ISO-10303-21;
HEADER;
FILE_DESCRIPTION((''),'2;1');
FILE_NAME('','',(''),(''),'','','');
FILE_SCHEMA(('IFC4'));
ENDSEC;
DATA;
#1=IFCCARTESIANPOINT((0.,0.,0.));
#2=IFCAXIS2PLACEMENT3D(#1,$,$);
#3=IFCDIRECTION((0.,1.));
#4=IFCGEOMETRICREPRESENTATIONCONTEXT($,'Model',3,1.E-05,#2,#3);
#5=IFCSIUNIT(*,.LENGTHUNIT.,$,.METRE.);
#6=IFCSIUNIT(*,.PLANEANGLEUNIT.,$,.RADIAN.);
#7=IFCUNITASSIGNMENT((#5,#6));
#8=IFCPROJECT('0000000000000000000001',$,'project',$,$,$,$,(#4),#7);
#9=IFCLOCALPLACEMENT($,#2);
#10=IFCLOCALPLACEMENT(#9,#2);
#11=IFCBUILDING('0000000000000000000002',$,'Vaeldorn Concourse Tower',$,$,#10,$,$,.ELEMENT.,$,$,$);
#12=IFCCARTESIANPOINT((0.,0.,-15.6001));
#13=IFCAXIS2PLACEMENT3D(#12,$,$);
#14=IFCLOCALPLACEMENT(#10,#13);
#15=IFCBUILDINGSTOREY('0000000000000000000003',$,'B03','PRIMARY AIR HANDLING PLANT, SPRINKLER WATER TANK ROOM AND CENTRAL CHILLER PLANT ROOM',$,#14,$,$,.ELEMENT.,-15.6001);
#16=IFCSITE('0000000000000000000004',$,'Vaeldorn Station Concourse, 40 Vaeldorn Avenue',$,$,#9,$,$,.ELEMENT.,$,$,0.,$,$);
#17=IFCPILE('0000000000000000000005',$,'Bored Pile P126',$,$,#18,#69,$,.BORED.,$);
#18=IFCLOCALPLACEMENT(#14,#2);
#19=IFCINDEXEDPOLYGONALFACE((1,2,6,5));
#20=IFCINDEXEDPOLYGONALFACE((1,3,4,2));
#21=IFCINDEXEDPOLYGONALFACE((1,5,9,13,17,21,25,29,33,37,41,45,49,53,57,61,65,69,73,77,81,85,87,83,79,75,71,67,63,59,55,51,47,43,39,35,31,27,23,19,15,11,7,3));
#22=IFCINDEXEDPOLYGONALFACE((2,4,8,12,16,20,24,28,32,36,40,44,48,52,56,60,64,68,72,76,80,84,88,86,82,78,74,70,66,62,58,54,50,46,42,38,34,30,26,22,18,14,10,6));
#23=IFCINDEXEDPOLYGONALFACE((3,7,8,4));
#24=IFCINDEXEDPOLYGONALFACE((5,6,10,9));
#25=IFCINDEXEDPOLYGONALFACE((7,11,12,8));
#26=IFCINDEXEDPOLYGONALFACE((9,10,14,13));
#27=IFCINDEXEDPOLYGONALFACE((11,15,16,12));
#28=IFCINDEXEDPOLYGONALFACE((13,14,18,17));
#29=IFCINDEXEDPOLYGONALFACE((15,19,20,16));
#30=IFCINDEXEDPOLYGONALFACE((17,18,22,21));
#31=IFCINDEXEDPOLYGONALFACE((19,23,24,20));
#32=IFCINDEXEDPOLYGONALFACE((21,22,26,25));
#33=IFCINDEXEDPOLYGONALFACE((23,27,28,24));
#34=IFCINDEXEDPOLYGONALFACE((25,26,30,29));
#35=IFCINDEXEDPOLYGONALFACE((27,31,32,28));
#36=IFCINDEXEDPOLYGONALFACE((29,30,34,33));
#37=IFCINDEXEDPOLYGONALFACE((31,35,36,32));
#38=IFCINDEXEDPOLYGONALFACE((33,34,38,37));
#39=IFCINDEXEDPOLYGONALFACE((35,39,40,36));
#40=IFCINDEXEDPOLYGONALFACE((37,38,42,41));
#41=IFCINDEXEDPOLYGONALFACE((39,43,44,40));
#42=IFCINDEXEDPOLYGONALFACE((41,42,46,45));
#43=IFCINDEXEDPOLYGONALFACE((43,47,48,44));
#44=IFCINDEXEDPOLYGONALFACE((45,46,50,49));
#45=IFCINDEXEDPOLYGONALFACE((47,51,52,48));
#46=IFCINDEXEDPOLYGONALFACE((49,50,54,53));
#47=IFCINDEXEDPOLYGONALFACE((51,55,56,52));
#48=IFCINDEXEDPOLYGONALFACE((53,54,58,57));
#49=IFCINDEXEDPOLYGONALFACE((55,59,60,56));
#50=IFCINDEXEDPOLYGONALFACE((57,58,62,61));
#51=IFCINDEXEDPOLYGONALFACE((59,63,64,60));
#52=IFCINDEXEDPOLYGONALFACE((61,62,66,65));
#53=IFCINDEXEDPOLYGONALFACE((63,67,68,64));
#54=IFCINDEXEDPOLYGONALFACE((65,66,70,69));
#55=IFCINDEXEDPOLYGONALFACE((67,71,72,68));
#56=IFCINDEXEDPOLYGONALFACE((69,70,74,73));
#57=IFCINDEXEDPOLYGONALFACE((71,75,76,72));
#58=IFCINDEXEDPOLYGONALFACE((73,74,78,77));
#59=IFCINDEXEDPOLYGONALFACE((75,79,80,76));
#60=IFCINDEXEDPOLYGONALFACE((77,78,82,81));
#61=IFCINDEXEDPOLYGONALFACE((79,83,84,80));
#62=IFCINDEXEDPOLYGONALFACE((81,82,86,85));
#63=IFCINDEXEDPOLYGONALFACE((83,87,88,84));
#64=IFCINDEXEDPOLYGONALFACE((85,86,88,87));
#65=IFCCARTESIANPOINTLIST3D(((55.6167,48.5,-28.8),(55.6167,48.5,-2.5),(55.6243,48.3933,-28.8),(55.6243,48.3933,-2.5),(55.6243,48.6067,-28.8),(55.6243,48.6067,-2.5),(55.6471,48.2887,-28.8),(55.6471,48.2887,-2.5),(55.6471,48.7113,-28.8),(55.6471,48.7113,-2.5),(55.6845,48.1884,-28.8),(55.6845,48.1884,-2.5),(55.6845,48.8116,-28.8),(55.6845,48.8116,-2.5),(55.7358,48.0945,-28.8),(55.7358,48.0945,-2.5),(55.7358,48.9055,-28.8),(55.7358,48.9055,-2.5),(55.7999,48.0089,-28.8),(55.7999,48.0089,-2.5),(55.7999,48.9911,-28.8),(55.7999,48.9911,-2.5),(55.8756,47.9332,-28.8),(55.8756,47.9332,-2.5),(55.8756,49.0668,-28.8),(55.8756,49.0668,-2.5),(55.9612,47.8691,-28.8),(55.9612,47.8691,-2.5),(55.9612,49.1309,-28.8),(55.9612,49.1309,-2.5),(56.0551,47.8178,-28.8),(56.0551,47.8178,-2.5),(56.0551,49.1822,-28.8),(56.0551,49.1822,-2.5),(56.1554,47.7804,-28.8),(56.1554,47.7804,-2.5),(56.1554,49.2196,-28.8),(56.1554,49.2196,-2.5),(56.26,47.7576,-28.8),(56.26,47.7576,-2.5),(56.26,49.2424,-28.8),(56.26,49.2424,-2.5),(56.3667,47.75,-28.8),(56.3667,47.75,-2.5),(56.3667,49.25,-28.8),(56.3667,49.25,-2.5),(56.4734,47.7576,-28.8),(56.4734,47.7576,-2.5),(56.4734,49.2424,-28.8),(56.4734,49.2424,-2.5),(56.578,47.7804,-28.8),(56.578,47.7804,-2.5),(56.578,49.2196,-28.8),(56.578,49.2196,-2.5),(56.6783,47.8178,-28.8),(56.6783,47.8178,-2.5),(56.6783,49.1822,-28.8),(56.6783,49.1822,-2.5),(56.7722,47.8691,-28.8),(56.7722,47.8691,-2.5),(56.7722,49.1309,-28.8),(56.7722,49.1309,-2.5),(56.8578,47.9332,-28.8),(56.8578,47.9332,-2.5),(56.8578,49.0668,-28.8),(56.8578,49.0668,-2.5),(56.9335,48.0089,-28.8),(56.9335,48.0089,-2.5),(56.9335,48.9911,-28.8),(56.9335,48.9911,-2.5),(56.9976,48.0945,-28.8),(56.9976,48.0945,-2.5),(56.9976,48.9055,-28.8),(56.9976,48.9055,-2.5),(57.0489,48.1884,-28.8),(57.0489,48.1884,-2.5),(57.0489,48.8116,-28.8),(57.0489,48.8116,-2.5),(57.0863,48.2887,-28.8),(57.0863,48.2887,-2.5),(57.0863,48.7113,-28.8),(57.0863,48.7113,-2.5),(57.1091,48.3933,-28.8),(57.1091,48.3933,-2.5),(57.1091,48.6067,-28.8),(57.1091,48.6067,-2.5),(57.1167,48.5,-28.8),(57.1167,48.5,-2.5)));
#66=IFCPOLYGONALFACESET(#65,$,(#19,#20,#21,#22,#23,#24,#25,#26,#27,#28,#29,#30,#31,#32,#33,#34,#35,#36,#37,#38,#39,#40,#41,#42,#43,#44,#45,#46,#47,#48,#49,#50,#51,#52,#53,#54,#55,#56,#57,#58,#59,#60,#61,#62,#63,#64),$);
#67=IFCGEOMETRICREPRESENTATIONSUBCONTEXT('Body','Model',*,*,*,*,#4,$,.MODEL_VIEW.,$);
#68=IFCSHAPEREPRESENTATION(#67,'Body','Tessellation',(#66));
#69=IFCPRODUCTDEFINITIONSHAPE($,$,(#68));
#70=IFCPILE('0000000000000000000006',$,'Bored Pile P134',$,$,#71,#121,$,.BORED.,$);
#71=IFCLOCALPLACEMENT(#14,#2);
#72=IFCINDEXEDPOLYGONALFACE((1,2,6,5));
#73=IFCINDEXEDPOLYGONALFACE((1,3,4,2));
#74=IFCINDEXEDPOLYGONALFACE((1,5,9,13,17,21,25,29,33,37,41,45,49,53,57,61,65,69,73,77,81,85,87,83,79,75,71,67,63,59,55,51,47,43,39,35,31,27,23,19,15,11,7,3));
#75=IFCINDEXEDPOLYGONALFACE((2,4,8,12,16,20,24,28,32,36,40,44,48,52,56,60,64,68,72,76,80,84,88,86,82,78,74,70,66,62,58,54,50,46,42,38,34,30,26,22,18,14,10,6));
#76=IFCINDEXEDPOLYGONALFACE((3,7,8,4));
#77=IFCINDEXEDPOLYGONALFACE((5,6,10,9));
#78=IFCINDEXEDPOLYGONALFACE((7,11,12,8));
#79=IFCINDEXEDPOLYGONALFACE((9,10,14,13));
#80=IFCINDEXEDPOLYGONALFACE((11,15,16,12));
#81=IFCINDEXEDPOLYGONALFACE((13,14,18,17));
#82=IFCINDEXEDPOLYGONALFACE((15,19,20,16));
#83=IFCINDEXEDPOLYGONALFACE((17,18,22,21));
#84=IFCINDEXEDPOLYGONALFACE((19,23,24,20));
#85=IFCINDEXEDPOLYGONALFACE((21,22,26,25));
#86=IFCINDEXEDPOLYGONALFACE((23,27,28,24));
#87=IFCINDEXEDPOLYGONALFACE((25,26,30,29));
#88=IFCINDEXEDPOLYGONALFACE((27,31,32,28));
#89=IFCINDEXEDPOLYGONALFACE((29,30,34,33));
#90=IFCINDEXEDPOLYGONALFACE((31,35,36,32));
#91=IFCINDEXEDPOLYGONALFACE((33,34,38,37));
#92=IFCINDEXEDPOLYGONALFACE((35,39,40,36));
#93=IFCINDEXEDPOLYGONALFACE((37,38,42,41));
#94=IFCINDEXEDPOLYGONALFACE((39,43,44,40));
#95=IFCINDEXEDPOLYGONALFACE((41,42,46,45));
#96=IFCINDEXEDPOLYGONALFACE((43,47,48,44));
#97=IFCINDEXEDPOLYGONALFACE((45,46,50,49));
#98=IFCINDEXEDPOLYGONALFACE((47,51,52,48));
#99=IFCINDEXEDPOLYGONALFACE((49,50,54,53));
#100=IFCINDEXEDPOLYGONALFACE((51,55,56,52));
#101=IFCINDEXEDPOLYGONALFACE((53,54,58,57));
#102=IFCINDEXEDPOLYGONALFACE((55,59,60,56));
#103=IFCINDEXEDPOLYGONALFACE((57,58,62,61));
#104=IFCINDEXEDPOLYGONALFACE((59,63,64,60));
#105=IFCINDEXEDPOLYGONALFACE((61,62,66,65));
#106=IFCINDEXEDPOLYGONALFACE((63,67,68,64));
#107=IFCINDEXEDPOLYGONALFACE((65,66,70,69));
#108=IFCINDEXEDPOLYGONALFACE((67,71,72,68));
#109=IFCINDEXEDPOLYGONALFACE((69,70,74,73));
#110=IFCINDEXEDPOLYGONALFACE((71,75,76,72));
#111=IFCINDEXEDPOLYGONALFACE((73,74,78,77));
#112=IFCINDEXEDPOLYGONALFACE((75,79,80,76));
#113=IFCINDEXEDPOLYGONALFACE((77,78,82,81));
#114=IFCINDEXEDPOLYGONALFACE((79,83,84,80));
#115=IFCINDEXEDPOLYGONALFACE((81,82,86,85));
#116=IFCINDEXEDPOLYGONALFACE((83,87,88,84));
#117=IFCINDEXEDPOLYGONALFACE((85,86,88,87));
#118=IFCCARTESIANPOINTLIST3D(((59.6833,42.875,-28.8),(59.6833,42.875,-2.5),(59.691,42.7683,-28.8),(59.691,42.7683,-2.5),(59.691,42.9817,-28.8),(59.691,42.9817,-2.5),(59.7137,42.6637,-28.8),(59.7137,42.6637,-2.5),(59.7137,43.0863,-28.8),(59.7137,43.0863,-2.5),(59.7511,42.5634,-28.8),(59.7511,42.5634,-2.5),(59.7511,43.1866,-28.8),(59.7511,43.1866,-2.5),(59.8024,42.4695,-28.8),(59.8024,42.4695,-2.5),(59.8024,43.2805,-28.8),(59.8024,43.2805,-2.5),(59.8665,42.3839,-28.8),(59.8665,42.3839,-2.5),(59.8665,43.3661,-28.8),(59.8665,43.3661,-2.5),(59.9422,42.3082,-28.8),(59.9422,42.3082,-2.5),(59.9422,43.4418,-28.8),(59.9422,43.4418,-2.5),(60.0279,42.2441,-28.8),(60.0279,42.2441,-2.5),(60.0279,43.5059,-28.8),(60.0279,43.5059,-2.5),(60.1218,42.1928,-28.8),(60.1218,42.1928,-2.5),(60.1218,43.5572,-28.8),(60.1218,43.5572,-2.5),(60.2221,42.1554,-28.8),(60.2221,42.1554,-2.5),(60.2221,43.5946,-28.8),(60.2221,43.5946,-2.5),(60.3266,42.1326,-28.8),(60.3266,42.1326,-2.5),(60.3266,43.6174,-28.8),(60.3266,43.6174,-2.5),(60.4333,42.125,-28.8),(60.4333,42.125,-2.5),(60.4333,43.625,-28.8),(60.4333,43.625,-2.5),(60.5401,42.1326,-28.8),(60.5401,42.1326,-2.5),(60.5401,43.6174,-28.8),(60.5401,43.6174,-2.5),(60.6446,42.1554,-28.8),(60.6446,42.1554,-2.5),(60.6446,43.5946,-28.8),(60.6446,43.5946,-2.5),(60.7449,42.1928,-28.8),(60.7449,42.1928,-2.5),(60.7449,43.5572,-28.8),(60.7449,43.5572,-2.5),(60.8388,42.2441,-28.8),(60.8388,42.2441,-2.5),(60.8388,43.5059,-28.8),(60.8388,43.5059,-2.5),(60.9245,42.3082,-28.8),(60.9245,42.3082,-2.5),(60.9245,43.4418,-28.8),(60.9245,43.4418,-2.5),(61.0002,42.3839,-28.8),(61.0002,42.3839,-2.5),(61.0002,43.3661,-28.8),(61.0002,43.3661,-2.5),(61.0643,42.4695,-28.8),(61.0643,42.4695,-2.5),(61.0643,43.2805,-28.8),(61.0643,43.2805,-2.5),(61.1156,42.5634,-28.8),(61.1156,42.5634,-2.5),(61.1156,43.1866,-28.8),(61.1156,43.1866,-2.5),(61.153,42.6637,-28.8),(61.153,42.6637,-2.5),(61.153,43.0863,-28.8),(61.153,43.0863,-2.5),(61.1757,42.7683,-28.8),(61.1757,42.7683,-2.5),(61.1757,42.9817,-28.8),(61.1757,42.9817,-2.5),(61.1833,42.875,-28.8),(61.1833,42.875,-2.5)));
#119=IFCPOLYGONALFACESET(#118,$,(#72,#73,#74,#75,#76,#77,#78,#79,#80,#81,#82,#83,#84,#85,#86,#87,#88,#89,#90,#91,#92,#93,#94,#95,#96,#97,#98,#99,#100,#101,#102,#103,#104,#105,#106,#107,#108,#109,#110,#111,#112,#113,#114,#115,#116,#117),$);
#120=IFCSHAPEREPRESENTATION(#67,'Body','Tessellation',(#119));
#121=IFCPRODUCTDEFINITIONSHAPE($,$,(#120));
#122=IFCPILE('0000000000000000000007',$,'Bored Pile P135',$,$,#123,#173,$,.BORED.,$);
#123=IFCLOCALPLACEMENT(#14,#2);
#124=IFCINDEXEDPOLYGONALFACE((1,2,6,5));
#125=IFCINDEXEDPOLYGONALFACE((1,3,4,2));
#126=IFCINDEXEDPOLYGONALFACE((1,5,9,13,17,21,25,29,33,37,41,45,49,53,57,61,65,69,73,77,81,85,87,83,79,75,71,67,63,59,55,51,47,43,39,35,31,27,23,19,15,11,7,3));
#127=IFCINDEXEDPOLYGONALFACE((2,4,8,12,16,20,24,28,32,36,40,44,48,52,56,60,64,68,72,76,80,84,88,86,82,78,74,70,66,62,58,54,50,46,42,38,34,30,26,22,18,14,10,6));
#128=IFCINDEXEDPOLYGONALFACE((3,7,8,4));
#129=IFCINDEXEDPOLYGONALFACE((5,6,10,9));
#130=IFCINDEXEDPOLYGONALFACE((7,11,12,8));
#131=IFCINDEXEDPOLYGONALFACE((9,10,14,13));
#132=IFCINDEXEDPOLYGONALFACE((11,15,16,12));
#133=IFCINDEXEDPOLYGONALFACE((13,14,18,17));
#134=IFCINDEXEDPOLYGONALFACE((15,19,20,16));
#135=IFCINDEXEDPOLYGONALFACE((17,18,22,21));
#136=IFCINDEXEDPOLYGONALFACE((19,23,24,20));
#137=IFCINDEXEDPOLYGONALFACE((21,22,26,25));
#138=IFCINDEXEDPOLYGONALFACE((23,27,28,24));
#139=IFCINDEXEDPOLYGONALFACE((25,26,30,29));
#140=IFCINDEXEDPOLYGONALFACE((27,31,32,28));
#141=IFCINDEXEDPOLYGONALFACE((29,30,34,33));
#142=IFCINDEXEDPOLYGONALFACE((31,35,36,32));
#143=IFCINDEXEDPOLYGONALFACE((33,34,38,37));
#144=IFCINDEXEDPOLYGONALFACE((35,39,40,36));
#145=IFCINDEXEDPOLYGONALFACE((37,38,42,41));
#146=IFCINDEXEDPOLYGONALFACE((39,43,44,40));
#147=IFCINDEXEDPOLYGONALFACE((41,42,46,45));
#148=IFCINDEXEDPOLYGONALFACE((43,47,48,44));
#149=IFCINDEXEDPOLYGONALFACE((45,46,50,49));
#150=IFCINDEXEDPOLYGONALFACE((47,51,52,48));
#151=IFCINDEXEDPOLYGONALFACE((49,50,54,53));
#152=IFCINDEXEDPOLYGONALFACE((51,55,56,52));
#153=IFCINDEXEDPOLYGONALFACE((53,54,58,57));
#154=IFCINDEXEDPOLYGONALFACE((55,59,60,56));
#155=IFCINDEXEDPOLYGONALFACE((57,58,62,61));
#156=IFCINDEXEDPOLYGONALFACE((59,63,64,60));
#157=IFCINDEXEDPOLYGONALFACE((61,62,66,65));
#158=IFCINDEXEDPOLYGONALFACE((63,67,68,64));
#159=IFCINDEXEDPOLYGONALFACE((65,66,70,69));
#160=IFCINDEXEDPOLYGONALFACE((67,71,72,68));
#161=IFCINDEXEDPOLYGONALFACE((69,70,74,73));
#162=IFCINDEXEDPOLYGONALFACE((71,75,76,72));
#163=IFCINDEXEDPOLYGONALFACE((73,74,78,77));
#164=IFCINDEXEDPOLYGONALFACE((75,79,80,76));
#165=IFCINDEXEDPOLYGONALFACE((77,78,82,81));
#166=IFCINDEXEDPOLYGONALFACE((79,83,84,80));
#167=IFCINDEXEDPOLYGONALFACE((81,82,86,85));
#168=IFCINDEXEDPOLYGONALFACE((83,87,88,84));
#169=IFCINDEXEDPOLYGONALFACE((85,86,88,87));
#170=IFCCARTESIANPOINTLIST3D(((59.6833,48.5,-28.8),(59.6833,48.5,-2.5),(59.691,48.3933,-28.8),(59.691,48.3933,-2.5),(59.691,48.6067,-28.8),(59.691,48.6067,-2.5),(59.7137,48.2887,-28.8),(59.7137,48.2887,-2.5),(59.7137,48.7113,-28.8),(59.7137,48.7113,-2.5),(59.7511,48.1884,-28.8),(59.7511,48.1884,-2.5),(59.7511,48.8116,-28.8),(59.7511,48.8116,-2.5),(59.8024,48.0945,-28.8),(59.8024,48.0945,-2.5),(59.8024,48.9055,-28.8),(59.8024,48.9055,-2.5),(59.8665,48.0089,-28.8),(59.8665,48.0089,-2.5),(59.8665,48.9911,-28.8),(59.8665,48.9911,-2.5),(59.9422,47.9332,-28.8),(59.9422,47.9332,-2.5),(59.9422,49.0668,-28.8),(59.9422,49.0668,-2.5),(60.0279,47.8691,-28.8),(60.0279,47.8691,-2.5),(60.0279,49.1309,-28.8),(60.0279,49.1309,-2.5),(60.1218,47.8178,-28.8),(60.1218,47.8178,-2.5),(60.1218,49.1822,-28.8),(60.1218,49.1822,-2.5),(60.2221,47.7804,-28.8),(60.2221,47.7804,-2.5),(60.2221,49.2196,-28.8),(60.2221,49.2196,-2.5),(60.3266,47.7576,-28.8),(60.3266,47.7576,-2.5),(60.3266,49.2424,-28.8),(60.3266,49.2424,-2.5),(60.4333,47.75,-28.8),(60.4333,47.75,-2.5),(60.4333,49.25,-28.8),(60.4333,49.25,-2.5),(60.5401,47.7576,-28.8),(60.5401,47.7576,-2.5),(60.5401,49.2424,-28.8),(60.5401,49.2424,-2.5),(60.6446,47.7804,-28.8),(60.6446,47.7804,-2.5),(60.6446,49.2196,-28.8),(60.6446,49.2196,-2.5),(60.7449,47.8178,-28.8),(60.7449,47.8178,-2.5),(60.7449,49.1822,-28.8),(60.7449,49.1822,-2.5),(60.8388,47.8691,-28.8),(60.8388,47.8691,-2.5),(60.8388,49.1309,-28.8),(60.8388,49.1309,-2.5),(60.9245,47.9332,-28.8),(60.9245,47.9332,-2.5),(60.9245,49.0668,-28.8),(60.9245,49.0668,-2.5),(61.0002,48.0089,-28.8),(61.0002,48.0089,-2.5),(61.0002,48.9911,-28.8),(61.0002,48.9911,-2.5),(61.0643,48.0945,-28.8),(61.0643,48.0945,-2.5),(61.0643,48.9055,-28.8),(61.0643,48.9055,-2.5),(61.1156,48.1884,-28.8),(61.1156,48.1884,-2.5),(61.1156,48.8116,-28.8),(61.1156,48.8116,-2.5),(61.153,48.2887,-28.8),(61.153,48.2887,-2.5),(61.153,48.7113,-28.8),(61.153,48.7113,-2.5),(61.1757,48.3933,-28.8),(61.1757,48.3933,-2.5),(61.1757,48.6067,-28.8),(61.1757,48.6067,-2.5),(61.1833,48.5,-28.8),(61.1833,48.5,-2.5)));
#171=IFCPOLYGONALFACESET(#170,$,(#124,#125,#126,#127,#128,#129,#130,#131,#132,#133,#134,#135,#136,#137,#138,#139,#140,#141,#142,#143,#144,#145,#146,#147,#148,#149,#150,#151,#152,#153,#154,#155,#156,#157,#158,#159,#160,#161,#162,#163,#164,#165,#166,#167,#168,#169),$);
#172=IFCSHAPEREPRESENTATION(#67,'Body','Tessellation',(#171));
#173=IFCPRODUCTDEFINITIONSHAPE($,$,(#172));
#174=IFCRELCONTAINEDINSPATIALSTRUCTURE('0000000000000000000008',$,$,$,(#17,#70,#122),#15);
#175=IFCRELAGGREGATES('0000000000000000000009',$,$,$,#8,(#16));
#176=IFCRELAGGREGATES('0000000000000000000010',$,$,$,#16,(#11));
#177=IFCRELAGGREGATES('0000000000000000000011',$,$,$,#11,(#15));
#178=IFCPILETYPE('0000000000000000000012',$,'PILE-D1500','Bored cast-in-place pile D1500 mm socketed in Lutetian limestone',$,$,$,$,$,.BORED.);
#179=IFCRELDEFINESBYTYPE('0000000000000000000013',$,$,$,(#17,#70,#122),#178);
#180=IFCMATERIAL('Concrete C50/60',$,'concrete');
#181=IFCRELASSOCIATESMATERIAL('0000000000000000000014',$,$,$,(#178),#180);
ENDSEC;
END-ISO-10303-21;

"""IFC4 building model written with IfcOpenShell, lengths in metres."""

from ifc_helpers import new_model, si_unit, direction, frame, origin, origin_2d, place, context, subcontext, project, spatial, circle, extrude, material, material_profile, profile_set, type_object, element, save


model = new_model("IFC4")

# Units and contexts
model_context = context("Model", 3, precision=1e-05, world=origin(), true_north=direction((0.0, 1.0)))
body_context = subcontext(model_context, "Body", "Model", "MODEL_VIEW")
ifc_project = project(units=[si_unit("LENGTHUNIT", "METRE"), si_unit("PLANEANGLEUNIT", "RADIAN")], contexts=[model_context])

# Site, building, storey
site_placement = place(None, origin())
site = spatial("IfcSite", under=ifc_project, at=site_placement, Name="Vaeldorn Station Concourse, 40 Vaeldorn Avenue", CompositionType="ELEMENT", RefElevation=0.0)
building_placement = place(site_placement, origin())
building = spatial("IfcBuilding", under=site, at=building_placement, Name="Vaeldorn Concourse Tower", CompositionType="ELEMENT")
storey_placement = place(building_placement, frame((0.0, 0.0, -15.6001)))
storey = spatial("IfcBuildingStorey", under=building, at=storey_placement, Name="B03", Description="PRIMARY AIR HANDLING PLANT, SPRINKLER WATER TANK ROOM AND CENTRAL CHILLER PLANT ROOM", CompositionType="ELEMENT", Elevation=-15.6001)

# Piles
ifc_material_1 = material(Name="Concrete C50/60", Category="concrete")
ifc_material_profile_1 = material_profile(ifc_material_1, circle(Radius=0.75, at=origin_2d()), Name="BORED PILE D1500")
ifc_profile_set_1 = profile_set([ifc_material_profile_1], Name="Concrete C50/60")
pile_type = type_object("IfcPileType", Name="PILE-D1500", Description="Bored cast-in-place pile D1500 mm socketed in Lutetian limestone", PredefinedType="BORED", material=ifc_profile_set_1)
for number, where, z_axis, x_axis, name in (
    (1, (56.3667, 48.5, -2.5), (0.0, 0.0, -1.0), (1.0, 0.0, 0.0), "Bored Pile P126"),
    (2, (60.4333, 42.875, -2.5), (0.0, 0.0, -1.0), (1.0, 0.0, 0.0), "Bored Pile P134"),
    (3, (60.4333, 48.5, -2.5), (0.0, 0.0, -1.0), (1.0, 0.0, 0.0), "Bored Pile P135"),
):
    element("IfcPile", number, at=place(storey_placement, frame(where, z_axis=z_axis, x_axis=x_axis)), inside=storey, type_object=pile_type, Name=name, PredefinedType="BORED", context=body_context, shape_type="SweptSolid", body=[
        extrude(circle(Radius=0.75, at=origin_2d()), origin(), (0.0, 0.0, 1.0), 26.3),
    ])

save(model, "model.ifc")
